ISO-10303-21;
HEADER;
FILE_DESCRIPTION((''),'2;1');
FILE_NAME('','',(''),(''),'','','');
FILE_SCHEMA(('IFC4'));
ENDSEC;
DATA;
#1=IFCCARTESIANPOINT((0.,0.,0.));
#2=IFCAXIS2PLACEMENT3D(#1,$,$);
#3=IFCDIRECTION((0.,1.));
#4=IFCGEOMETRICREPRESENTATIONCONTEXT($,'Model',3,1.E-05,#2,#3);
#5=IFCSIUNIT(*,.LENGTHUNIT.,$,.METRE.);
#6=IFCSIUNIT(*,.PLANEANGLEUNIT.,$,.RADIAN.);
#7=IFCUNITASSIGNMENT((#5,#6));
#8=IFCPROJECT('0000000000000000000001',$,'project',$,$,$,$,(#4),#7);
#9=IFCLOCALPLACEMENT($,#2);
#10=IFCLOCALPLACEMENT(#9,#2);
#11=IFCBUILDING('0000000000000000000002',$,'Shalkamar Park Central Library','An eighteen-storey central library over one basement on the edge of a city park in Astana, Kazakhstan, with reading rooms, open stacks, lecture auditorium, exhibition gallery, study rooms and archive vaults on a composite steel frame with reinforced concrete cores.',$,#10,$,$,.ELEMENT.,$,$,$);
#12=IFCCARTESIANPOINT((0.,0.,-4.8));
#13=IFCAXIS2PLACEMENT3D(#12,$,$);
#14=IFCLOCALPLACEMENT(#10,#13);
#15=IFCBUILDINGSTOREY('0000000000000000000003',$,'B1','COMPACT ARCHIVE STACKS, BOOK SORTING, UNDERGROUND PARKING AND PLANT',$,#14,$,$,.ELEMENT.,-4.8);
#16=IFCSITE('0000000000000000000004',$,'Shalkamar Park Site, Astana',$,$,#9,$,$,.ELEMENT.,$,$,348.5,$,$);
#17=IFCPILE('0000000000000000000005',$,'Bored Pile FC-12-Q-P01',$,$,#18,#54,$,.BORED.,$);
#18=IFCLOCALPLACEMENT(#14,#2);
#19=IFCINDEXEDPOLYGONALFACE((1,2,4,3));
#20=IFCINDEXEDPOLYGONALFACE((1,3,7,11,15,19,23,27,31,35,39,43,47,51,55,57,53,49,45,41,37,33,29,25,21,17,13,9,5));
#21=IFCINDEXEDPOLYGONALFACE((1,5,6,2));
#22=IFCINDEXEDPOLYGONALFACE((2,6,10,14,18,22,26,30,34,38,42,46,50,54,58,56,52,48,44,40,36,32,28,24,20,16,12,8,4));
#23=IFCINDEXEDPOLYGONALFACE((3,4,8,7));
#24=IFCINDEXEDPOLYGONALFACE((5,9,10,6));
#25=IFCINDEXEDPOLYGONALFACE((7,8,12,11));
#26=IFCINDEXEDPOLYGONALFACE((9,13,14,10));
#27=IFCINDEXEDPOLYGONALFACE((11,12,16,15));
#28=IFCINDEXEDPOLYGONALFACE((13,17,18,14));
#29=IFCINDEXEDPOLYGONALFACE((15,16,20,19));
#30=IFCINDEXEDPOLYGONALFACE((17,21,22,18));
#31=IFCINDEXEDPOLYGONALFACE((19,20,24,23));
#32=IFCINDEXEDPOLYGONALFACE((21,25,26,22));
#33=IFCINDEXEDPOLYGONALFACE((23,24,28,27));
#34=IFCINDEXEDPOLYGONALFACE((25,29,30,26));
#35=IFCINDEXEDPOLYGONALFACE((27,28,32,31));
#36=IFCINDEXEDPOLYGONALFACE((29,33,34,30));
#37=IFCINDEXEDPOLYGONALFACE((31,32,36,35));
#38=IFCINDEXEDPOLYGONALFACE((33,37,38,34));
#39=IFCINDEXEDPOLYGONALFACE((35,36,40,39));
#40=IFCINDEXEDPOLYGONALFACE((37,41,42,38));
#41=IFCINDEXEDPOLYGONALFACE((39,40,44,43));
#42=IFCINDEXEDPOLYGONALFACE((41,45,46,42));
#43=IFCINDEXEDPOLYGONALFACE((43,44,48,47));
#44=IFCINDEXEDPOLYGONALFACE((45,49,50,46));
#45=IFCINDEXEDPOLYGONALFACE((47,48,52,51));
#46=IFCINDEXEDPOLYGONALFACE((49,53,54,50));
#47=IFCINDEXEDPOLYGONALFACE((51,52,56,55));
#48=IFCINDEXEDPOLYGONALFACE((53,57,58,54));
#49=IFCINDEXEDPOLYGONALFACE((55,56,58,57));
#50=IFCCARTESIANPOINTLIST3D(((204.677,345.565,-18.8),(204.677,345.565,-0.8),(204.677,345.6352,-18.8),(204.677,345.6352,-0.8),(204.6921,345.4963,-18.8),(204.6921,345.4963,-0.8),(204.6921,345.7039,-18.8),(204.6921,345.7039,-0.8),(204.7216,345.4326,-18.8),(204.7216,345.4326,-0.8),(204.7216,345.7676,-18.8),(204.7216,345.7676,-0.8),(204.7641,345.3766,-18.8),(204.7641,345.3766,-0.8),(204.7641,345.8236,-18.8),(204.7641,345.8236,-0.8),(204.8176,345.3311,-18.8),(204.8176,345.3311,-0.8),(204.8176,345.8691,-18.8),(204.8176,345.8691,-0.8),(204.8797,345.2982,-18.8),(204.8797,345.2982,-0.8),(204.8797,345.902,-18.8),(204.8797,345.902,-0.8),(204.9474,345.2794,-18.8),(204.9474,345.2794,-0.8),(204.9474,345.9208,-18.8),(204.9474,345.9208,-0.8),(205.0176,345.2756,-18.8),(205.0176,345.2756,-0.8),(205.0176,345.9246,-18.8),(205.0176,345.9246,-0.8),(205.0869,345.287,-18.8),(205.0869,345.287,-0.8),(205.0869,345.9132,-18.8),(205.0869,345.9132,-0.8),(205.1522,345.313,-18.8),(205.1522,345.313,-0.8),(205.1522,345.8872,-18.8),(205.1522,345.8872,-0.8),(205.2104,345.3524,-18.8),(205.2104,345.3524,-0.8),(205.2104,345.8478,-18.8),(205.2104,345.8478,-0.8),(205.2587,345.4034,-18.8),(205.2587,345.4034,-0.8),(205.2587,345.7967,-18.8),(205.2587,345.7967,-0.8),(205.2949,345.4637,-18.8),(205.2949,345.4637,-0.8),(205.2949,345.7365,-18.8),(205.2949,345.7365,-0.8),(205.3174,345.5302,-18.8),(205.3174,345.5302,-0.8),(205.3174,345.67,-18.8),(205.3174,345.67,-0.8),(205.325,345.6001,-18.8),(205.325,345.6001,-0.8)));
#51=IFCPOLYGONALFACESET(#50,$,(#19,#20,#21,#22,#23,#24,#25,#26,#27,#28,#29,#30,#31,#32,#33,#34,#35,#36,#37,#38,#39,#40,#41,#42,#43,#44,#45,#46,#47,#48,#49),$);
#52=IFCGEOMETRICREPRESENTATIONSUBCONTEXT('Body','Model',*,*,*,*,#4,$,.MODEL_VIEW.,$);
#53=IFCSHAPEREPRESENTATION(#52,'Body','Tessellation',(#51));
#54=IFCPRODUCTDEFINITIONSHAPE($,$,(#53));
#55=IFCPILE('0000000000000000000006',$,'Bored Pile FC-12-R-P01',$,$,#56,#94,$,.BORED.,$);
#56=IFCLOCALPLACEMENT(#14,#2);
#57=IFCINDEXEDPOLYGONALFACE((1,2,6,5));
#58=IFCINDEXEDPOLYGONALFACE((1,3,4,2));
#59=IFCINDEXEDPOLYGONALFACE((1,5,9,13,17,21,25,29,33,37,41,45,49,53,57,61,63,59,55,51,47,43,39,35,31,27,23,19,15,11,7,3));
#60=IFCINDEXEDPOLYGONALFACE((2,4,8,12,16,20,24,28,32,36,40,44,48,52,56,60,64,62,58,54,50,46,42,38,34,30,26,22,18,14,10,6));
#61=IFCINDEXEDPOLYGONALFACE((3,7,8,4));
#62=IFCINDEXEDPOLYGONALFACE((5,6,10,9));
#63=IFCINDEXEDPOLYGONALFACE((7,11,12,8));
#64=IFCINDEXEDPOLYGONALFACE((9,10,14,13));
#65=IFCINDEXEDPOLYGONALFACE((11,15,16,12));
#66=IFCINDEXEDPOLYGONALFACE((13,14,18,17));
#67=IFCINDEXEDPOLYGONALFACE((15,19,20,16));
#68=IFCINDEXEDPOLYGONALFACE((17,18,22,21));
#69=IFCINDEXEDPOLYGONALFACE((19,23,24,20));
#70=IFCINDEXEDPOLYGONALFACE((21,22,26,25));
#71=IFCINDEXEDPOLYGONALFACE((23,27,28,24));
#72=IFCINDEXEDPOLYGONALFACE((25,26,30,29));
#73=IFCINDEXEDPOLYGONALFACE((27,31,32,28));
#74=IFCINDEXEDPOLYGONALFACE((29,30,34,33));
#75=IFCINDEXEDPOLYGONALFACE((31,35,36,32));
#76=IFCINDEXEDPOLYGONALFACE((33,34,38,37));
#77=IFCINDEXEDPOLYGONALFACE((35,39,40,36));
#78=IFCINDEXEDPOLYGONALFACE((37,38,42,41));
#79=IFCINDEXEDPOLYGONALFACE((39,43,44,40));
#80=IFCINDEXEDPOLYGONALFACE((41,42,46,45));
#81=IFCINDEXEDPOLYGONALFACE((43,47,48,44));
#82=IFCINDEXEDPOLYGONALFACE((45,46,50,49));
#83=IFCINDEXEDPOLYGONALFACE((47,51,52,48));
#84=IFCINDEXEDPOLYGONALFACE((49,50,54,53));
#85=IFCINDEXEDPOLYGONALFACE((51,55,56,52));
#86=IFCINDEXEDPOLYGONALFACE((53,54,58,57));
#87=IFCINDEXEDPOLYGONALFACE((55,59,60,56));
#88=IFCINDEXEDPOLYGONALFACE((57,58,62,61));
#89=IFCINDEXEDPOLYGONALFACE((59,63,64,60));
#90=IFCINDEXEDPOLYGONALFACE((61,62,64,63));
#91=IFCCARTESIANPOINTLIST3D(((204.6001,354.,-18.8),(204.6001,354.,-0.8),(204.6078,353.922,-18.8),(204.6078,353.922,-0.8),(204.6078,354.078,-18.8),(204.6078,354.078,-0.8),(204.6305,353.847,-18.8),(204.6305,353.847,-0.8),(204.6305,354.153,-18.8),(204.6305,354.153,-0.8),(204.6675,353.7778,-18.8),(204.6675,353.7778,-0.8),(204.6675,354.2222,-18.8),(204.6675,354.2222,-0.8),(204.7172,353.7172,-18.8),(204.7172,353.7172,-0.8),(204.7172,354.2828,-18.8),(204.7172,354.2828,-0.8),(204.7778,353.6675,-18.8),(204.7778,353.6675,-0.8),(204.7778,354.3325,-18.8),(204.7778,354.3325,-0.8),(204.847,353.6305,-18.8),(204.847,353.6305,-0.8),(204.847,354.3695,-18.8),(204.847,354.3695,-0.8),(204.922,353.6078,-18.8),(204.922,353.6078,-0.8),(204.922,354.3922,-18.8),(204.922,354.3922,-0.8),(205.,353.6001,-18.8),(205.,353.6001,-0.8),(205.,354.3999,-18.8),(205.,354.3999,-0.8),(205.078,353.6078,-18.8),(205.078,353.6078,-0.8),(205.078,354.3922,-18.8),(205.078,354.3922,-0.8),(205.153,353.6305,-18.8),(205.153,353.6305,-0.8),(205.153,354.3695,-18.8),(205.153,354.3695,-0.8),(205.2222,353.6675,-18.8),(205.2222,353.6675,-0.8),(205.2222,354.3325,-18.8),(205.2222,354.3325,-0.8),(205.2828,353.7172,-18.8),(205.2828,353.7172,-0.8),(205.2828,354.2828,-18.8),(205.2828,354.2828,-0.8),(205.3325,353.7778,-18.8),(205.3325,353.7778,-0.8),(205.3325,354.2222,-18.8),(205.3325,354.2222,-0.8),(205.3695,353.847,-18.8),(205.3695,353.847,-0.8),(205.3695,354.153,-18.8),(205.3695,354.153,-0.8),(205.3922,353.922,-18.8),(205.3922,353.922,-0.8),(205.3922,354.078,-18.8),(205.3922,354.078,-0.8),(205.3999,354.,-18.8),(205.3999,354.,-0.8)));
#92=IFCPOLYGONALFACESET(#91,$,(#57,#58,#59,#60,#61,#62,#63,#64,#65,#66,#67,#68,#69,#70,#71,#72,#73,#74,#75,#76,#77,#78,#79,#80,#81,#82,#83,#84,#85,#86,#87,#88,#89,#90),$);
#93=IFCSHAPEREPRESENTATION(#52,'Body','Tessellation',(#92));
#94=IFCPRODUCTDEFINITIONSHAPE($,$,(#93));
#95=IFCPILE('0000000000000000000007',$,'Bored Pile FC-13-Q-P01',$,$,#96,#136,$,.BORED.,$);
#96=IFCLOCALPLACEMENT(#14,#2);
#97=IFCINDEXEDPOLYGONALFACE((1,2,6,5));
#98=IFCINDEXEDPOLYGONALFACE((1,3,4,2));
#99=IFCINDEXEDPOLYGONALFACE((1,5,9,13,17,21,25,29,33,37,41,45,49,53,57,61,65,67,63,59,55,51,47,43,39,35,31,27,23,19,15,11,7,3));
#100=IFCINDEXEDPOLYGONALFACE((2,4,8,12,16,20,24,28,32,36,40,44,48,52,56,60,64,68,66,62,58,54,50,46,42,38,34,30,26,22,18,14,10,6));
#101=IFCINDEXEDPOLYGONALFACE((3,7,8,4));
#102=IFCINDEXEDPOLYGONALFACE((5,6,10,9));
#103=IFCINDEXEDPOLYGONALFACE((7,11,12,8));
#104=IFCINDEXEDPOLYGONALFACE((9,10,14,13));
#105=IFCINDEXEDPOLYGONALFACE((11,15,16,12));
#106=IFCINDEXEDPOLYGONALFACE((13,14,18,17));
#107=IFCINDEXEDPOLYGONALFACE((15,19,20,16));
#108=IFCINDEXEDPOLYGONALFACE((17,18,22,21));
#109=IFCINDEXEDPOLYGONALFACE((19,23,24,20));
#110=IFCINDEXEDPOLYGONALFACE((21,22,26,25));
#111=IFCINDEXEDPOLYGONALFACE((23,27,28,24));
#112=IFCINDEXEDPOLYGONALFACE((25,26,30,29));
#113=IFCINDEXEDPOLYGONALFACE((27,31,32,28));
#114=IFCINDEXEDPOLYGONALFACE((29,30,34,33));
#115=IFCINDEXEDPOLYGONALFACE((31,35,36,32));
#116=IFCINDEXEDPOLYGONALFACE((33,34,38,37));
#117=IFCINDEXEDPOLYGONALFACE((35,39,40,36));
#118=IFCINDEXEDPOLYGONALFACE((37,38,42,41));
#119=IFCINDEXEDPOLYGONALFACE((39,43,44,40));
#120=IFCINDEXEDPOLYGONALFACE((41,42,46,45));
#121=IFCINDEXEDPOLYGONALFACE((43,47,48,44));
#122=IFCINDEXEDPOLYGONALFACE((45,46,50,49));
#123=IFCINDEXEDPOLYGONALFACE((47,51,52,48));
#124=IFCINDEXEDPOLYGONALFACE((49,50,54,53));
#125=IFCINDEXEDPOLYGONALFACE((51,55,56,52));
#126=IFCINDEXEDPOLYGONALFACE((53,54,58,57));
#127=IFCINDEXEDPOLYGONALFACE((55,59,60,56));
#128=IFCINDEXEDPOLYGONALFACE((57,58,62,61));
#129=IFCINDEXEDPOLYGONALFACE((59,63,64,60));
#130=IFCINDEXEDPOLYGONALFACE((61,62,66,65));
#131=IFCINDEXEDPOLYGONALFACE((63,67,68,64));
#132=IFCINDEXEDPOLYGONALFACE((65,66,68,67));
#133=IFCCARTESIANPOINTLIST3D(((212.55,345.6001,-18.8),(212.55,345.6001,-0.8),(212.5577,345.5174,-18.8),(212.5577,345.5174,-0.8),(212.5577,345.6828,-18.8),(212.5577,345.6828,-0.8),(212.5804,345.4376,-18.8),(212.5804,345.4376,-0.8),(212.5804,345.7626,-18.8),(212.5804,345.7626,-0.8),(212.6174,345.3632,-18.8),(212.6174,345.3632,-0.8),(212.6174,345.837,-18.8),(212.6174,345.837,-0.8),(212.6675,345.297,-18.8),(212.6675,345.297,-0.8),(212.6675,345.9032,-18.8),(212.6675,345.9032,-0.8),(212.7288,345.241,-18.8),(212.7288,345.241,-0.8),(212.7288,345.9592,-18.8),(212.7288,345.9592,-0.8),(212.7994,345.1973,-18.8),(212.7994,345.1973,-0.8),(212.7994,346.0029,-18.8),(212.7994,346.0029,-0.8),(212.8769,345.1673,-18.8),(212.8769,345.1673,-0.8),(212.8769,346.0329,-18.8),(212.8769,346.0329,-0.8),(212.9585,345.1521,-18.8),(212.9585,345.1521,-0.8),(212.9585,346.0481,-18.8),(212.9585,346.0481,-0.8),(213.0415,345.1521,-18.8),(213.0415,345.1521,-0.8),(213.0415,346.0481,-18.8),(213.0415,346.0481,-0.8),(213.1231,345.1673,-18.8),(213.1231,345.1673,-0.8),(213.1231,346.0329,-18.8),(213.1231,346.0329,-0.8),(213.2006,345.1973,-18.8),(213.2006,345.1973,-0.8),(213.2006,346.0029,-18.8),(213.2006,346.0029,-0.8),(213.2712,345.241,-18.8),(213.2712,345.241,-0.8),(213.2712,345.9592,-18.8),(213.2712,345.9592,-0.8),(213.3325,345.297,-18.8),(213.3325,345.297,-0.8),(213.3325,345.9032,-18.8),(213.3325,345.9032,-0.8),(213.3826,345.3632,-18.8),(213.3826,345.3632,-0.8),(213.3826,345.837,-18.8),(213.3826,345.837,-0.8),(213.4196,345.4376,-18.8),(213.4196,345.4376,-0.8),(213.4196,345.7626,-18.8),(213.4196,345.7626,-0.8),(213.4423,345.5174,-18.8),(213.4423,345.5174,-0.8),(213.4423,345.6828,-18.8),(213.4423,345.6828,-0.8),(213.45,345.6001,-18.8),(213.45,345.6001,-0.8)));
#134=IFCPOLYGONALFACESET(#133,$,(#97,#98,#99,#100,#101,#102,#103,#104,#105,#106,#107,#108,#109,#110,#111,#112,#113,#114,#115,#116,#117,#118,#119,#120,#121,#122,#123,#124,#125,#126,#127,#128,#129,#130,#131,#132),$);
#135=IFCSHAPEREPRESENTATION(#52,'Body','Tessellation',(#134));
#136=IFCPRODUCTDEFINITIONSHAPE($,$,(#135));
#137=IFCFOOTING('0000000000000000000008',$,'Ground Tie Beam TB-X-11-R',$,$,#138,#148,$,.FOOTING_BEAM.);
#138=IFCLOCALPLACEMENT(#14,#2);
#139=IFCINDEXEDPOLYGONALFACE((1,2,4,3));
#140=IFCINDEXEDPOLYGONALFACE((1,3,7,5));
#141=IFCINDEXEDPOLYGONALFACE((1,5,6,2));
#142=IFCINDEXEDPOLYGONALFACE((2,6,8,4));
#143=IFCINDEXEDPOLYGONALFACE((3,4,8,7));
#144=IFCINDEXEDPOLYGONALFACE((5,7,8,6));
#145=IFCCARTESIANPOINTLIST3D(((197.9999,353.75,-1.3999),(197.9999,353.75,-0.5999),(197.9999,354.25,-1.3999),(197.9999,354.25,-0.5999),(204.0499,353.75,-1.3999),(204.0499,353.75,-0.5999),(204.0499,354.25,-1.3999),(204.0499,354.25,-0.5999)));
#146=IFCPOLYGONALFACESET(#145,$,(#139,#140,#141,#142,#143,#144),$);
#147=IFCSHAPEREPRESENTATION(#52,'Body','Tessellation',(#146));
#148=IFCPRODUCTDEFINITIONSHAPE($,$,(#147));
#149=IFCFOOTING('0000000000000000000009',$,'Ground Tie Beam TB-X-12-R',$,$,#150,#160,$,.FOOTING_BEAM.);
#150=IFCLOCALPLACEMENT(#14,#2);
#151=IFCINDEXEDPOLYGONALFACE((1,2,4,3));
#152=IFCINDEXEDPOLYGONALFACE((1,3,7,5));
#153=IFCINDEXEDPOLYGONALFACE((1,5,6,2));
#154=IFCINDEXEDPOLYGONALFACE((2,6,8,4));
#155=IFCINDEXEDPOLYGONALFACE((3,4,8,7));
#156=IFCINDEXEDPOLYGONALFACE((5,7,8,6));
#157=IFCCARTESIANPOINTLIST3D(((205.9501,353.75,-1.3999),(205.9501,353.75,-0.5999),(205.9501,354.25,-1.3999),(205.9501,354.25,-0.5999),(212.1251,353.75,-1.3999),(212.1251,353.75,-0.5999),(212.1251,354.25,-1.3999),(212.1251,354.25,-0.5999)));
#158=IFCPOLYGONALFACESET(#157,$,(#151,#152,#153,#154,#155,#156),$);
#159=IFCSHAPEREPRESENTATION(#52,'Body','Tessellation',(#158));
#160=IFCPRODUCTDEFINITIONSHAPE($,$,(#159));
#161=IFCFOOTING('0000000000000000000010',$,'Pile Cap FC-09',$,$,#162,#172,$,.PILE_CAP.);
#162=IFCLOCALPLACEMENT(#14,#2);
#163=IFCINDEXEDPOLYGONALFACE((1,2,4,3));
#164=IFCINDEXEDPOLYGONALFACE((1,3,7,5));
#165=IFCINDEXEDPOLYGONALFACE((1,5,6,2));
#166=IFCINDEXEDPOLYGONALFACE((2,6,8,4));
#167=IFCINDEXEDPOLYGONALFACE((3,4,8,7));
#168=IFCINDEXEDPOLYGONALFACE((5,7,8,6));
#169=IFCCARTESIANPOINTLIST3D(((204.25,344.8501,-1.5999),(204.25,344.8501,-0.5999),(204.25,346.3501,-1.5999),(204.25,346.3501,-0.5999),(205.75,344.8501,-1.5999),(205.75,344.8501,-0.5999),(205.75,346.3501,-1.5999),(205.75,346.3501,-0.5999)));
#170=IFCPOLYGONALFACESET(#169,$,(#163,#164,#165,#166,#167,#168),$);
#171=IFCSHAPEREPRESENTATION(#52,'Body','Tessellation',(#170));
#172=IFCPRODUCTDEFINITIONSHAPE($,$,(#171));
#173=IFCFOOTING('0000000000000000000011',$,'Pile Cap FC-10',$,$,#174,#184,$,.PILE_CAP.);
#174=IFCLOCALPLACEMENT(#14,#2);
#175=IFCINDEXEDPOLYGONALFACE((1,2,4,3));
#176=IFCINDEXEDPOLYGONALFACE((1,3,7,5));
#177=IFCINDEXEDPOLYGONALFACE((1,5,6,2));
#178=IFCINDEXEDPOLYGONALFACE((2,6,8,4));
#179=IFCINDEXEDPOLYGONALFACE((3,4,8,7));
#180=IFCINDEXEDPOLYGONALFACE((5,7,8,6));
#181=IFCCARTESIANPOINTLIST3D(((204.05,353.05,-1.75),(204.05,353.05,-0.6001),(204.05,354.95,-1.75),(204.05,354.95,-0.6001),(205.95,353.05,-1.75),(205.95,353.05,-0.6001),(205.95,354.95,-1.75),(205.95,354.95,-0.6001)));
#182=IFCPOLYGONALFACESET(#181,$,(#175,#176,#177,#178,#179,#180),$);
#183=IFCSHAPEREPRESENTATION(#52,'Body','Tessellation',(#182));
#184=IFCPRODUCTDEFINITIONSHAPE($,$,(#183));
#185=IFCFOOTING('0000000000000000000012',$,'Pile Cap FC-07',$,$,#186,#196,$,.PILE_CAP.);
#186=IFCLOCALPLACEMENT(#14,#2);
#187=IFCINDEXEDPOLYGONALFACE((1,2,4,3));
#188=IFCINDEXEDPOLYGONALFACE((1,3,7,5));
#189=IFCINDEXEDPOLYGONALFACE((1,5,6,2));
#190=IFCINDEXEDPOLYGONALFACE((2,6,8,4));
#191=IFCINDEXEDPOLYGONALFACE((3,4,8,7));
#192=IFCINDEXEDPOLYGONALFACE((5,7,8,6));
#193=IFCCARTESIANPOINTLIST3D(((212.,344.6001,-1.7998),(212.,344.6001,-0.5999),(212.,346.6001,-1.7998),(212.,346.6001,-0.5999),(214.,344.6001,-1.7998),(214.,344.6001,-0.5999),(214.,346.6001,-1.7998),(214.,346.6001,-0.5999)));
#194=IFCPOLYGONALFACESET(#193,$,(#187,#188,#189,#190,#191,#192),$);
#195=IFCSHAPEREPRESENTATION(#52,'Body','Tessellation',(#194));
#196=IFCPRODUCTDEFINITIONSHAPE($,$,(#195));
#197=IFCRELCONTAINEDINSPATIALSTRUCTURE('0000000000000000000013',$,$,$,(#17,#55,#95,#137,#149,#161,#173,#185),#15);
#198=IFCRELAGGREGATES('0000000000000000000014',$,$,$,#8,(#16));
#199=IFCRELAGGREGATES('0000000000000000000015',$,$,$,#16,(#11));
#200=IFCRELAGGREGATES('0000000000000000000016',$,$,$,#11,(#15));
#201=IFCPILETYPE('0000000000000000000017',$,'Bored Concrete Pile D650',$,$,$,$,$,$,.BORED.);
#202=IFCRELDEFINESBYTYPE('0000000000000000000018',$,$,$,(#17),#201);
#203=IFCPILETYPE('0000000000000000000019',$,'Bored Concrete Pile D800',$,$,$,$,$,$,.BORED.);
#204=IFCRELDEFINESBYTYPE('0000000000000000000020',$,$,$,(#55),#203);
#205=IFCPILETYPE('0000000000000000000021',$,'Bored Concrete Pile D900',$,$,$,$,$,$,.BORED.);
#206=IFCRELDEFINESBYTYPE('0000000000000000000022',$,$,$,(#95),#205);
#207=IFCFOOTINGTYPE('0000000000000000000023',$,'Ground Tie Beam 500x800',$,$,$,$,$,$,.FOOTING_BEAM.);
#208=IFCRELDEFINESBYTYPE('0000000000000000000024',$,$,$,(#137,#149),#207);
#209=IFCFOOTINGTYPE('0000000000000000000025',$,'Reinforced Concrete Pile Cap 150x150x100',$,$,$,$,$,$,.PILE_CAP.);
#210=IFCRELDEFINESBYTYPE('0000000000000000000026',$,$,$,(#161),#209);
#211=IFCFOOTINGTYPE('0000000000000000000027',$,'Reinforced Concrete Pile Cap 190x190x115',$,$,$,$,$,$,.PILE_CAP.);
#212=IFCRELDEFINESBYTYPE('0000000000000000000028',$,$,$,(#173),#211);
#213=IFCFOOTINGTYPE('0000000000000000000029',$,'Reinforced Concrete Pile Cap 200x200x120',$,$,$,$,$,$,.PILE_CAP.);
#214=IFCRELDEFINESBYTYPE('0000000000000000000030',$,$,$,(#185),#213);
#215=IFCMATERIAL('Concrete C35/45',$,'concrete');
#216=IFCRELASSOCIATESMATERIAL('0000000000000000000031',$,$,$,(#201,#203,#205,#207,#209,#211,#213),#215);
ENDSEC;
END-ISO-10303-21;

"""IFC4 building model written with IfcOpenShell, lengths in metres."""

from ifc_helpers import new_model, si_unit, direction, frame, origin, origin_2d, place, context, subcontext, project, spatial, rectangle, circle, extrude, material, material_profile, profile_set, type_object, element, save


model = new_model("IFC4")

# Units and contexts
model_context = context("Model", 3, precision=1e-05, world=origin(), true_north=direction((0.0, 1.0)))
body_context = subcontext(model_context, "Body", "Model", "MODEL_VIEW")
ifc_project = project(units=[si_unit("LENGTHUNIT", "METRE"), si_unit("PLANEANGLEUNIT", "RADIAN")], contexts=[model_context])

# Site, building, storey
site_placement = place(None, origin())
site = spatial("IfcSite", under=ifc_project, at=site_placement, Name="Shalkamar Park Site, Astana", CompositionType="ELEMENT", RefElevation=348.5)
building_placement = place(site_placement, origin())
building = spatial("IfcBuilding", under=site, at=building_placement, Name="Shalkamar Park Central Library", Description="An eighteen-storey central library over one basement on the edge of a city park in Astana, Kazakhstan, with reading rooms, open stacks, lecture auditorium, exhibition gallery, study rooms and archive vaults on a composite steel frame with reinforced concrete cores.", CompositionType="ELEMENT")
storey_placement = place(building_placement, frame((0.0, 0.0, -4.8)))
storey = spatial("IfcBuildingStorey", under=building, at=storey_placement, Name="B1", Description="COMPACT ARCHIVE STACKS, BOOK SORTING, UNDERGROUND PARKING AND PLANT", CompositionType="ELEMENT", Elevation=-4.8)

# Piles
ifc_material_1 = material(Name="Concrete C35/45", Category="concrete")
ifc_material_profile_1 = material_profile(ifc_material_1, circle(Radius=0.325, at=origin_2d()), Name="PILE D650")
ifc_profile_set_1 = profile_set([ifc_material_profile_1], Name="Concrete C35/45")
pile_type_1 = type_object("IfcPileType", Name="Bored Concrete Pile D650", PredefinedType="BORED", material=ifc_profile_set_1)
pile_1_placement = place(storey_placement, frame((205.0, 345.6001, -0.8), z_axis=(0.0, 0.0, -1.0), x_axis=(1.0, 0.0, 0.0)))
element("IfcPile", 1, at=pile_1_placement, inside=storey, type_object=pile_type_1, Name="Bored Pile FC-12-Q-P01", PredefinedType="BORED", context=body_context, shape_type="SweptSolid", body=[
    extrude(circle(Radius=0.325, at=origin_2d()), origin(), (0.0, 0.0, 1.0), 18.0),
])
ifc_material_profile_2 = material_profile(ifc_material_1, circle(Radius=0.3999, at=origin_2d()), Name="PILE D800")
ifc_profile_set_2 = profile_set([ifc_material_profile_2], Name="Concrete C35/45")
pile_type_2 = type_object("IfcPileType", Name="Bored Concrete Pile D800", PredefinedType="BORED", material=ifc_profile_set_2)
pile_2_placement = place(storey_placement, frame((205.0, 354.0, -0.8), z_axis=(0.0, 0.0, -1.0), x_axis=(1.0, 0.0, 0.0)))
element("IfcPile", 2, at=pile_2_placement, inside=storey, type_object=pile_type_2, Name="Bored Pile FC-12-R-P01", PredefinedType="BORED", context=body_context, shape_type="SweptSolid", body=[
    extrude(circle(Radius=0.3999, at=origin_2d()), origin(), (0.0, 0.0, 1.0), 18.0),
])
ifc_material_profile_3 = material_profile(ifc_material_1, circle(Radius=0.45, at=origin_2d()), Name="PILE D900")
ifc_profile_set_3 = profile_set([ifc_material_profile_3], Name="Concrete C35/45")
pile_type_3 = type_object("IfcPileType", Name="Bored Concrete Pile D900", PredefinedType="BORED", material=ifc_profile_set_3)
pile_3_placement = place(storey_placement, frame((213.0, 345.6001, -0.8), z_axis=(0.0, 0.0, -1.0), x_axis=(1.0, 0.0, 0.0)))
element("IfcPile", 3, at=pile_3_placement, inside=storey, type_object=pile_type_3, Name="Bored Pile FC-13-Q-P01", PredefinedType="BORED", context=body_context, shape_type="SweptSolid", body=[
    extrude(circle(Radius=0.45, at=origin_2d()), origin(), (0.0, 0.0, 1.0), 18.0),
])

# Footings
footing_type_1 = type_object("IfcFootingType", Name="Ground Tie Beam 500x800", PredefinedType="FOOTING_BEAM", material=ifc_material_1)
footing_1_placement = place(storey_placement, frame((201.0249, 354.0, -1.3999), z_axis=(0.0, 0.0, 1.0), x_axis=(1.0, 0.0, 0.0)))
element("IfcFooting", 4, at=footing_1_placement, inside=storey, type_object=footing_type_1, Name="Ground Tie Beam TB-X-11-R", PredefinedType="FOOTING_BEAM", context=body_context, shape_type="SweptSolid", body=[
    extrude(rectangle(XDim=6.05, YDim=0.5, at=origin_2d()), origin(), (0.0, 0.0, 1.0), 0.8),
])
footing_2_placement = place(storey_placement, frame((209.0376, 354.0, -1.3999), z_axis=(0.0, 0.0, 1.0), x_axis=(1.0, 0.0, 0.0)))
element("IfcFooting", 5, at=footing_2_placement, inside=storey, type_object=footing_type_1, Name="Ground Tie Beam TB-X-12-R", PredefinedType="FOOTING_BEAM", context=body_context, shape_type="SweptSolid", body=[
    extrude(rectangle(XDim=6.175, YDim=0.5, at=origin_2d()), origin(), (0.0, 0.0, 1.0), 0.8),
])
footing_type_2 = type_object("IfcFootingType", Name="Reinforced Concrete Pile Cap 150x150x100", PredefinedType="PILE_CAP", material=ifc_material_1)
footing_3_placement = place(storey_placement, frame((205.0, 345.6001, -1.5999), z_axis=(0.0, 0.0, 1.0), x_axis=(1.0, 0.0, 0.0)))
element("IfcFooting", 6, at=footing_3_placement, inside=storey, type_object=footing_type_2, Name="Pile Cap FC-09", PredefinedType="PILE_CAP", context=body_context, shape_type="SweptSolid", body=[
    extrude(rectangle(XDim=1.5, YDim=1.5, at=origin_2d()), origin(), (0.0, 0.0, 1.0), 1.0),
])
footing_type_3 = type_object("IfcFootingType", Name="Reinforced Concrete Pile Cap 190x190x115", PredefinedType="PILE_CAP", material=ifc_material_1)
footing_4_placement = place(storey_placement, frame((205.0, 354.0, -1.75), z_axis=(0.0, 0.0, 1.0), x_axis=(1.0, 0.0, 0.0)))
element("IfcFooting", 7, at=footing_4_placement, inside=storey, type_object=footing_type_3, Name="Pile Cap FC-10", PredefinedType="PILE_CAP", context=body_context, shape_type="SweptSolid", body=[
    extrude(rectangle(XDim=1.8999, YDim=1.8999, at=origin_2d()), origin(), (0.0, 0.0, 1.0), 1.1499),
])
footing_type_4 = type_object("IfcFootingType", Name="Reinforced Concrete Pile Cap 200x200x120", PredefinedType="PILE_CAP", material=ifc_material_1)
footing_5_placement = place(storey_placement, frame((213.0, 345.6001, -1.7998), z_axis=(0.0, 0.0, 1.0), x_axis=(1.0, 0.0, 0.0)))
element("IfcFooting", 8, at=footing_5_placement, inside=storey, type_object=footing_type_4, Name="Pile Cap FC-07", PredefinedType="PILE_CAP", context=body_context, shape_type="SweptSolid", body=[
    extrude(rectangle(XDim=2.0, YDim=2.0, at=origin_2d()), origin(), (0.0, 0.0, 1.0), 1.2),
])

save(model, "model.ifc")
